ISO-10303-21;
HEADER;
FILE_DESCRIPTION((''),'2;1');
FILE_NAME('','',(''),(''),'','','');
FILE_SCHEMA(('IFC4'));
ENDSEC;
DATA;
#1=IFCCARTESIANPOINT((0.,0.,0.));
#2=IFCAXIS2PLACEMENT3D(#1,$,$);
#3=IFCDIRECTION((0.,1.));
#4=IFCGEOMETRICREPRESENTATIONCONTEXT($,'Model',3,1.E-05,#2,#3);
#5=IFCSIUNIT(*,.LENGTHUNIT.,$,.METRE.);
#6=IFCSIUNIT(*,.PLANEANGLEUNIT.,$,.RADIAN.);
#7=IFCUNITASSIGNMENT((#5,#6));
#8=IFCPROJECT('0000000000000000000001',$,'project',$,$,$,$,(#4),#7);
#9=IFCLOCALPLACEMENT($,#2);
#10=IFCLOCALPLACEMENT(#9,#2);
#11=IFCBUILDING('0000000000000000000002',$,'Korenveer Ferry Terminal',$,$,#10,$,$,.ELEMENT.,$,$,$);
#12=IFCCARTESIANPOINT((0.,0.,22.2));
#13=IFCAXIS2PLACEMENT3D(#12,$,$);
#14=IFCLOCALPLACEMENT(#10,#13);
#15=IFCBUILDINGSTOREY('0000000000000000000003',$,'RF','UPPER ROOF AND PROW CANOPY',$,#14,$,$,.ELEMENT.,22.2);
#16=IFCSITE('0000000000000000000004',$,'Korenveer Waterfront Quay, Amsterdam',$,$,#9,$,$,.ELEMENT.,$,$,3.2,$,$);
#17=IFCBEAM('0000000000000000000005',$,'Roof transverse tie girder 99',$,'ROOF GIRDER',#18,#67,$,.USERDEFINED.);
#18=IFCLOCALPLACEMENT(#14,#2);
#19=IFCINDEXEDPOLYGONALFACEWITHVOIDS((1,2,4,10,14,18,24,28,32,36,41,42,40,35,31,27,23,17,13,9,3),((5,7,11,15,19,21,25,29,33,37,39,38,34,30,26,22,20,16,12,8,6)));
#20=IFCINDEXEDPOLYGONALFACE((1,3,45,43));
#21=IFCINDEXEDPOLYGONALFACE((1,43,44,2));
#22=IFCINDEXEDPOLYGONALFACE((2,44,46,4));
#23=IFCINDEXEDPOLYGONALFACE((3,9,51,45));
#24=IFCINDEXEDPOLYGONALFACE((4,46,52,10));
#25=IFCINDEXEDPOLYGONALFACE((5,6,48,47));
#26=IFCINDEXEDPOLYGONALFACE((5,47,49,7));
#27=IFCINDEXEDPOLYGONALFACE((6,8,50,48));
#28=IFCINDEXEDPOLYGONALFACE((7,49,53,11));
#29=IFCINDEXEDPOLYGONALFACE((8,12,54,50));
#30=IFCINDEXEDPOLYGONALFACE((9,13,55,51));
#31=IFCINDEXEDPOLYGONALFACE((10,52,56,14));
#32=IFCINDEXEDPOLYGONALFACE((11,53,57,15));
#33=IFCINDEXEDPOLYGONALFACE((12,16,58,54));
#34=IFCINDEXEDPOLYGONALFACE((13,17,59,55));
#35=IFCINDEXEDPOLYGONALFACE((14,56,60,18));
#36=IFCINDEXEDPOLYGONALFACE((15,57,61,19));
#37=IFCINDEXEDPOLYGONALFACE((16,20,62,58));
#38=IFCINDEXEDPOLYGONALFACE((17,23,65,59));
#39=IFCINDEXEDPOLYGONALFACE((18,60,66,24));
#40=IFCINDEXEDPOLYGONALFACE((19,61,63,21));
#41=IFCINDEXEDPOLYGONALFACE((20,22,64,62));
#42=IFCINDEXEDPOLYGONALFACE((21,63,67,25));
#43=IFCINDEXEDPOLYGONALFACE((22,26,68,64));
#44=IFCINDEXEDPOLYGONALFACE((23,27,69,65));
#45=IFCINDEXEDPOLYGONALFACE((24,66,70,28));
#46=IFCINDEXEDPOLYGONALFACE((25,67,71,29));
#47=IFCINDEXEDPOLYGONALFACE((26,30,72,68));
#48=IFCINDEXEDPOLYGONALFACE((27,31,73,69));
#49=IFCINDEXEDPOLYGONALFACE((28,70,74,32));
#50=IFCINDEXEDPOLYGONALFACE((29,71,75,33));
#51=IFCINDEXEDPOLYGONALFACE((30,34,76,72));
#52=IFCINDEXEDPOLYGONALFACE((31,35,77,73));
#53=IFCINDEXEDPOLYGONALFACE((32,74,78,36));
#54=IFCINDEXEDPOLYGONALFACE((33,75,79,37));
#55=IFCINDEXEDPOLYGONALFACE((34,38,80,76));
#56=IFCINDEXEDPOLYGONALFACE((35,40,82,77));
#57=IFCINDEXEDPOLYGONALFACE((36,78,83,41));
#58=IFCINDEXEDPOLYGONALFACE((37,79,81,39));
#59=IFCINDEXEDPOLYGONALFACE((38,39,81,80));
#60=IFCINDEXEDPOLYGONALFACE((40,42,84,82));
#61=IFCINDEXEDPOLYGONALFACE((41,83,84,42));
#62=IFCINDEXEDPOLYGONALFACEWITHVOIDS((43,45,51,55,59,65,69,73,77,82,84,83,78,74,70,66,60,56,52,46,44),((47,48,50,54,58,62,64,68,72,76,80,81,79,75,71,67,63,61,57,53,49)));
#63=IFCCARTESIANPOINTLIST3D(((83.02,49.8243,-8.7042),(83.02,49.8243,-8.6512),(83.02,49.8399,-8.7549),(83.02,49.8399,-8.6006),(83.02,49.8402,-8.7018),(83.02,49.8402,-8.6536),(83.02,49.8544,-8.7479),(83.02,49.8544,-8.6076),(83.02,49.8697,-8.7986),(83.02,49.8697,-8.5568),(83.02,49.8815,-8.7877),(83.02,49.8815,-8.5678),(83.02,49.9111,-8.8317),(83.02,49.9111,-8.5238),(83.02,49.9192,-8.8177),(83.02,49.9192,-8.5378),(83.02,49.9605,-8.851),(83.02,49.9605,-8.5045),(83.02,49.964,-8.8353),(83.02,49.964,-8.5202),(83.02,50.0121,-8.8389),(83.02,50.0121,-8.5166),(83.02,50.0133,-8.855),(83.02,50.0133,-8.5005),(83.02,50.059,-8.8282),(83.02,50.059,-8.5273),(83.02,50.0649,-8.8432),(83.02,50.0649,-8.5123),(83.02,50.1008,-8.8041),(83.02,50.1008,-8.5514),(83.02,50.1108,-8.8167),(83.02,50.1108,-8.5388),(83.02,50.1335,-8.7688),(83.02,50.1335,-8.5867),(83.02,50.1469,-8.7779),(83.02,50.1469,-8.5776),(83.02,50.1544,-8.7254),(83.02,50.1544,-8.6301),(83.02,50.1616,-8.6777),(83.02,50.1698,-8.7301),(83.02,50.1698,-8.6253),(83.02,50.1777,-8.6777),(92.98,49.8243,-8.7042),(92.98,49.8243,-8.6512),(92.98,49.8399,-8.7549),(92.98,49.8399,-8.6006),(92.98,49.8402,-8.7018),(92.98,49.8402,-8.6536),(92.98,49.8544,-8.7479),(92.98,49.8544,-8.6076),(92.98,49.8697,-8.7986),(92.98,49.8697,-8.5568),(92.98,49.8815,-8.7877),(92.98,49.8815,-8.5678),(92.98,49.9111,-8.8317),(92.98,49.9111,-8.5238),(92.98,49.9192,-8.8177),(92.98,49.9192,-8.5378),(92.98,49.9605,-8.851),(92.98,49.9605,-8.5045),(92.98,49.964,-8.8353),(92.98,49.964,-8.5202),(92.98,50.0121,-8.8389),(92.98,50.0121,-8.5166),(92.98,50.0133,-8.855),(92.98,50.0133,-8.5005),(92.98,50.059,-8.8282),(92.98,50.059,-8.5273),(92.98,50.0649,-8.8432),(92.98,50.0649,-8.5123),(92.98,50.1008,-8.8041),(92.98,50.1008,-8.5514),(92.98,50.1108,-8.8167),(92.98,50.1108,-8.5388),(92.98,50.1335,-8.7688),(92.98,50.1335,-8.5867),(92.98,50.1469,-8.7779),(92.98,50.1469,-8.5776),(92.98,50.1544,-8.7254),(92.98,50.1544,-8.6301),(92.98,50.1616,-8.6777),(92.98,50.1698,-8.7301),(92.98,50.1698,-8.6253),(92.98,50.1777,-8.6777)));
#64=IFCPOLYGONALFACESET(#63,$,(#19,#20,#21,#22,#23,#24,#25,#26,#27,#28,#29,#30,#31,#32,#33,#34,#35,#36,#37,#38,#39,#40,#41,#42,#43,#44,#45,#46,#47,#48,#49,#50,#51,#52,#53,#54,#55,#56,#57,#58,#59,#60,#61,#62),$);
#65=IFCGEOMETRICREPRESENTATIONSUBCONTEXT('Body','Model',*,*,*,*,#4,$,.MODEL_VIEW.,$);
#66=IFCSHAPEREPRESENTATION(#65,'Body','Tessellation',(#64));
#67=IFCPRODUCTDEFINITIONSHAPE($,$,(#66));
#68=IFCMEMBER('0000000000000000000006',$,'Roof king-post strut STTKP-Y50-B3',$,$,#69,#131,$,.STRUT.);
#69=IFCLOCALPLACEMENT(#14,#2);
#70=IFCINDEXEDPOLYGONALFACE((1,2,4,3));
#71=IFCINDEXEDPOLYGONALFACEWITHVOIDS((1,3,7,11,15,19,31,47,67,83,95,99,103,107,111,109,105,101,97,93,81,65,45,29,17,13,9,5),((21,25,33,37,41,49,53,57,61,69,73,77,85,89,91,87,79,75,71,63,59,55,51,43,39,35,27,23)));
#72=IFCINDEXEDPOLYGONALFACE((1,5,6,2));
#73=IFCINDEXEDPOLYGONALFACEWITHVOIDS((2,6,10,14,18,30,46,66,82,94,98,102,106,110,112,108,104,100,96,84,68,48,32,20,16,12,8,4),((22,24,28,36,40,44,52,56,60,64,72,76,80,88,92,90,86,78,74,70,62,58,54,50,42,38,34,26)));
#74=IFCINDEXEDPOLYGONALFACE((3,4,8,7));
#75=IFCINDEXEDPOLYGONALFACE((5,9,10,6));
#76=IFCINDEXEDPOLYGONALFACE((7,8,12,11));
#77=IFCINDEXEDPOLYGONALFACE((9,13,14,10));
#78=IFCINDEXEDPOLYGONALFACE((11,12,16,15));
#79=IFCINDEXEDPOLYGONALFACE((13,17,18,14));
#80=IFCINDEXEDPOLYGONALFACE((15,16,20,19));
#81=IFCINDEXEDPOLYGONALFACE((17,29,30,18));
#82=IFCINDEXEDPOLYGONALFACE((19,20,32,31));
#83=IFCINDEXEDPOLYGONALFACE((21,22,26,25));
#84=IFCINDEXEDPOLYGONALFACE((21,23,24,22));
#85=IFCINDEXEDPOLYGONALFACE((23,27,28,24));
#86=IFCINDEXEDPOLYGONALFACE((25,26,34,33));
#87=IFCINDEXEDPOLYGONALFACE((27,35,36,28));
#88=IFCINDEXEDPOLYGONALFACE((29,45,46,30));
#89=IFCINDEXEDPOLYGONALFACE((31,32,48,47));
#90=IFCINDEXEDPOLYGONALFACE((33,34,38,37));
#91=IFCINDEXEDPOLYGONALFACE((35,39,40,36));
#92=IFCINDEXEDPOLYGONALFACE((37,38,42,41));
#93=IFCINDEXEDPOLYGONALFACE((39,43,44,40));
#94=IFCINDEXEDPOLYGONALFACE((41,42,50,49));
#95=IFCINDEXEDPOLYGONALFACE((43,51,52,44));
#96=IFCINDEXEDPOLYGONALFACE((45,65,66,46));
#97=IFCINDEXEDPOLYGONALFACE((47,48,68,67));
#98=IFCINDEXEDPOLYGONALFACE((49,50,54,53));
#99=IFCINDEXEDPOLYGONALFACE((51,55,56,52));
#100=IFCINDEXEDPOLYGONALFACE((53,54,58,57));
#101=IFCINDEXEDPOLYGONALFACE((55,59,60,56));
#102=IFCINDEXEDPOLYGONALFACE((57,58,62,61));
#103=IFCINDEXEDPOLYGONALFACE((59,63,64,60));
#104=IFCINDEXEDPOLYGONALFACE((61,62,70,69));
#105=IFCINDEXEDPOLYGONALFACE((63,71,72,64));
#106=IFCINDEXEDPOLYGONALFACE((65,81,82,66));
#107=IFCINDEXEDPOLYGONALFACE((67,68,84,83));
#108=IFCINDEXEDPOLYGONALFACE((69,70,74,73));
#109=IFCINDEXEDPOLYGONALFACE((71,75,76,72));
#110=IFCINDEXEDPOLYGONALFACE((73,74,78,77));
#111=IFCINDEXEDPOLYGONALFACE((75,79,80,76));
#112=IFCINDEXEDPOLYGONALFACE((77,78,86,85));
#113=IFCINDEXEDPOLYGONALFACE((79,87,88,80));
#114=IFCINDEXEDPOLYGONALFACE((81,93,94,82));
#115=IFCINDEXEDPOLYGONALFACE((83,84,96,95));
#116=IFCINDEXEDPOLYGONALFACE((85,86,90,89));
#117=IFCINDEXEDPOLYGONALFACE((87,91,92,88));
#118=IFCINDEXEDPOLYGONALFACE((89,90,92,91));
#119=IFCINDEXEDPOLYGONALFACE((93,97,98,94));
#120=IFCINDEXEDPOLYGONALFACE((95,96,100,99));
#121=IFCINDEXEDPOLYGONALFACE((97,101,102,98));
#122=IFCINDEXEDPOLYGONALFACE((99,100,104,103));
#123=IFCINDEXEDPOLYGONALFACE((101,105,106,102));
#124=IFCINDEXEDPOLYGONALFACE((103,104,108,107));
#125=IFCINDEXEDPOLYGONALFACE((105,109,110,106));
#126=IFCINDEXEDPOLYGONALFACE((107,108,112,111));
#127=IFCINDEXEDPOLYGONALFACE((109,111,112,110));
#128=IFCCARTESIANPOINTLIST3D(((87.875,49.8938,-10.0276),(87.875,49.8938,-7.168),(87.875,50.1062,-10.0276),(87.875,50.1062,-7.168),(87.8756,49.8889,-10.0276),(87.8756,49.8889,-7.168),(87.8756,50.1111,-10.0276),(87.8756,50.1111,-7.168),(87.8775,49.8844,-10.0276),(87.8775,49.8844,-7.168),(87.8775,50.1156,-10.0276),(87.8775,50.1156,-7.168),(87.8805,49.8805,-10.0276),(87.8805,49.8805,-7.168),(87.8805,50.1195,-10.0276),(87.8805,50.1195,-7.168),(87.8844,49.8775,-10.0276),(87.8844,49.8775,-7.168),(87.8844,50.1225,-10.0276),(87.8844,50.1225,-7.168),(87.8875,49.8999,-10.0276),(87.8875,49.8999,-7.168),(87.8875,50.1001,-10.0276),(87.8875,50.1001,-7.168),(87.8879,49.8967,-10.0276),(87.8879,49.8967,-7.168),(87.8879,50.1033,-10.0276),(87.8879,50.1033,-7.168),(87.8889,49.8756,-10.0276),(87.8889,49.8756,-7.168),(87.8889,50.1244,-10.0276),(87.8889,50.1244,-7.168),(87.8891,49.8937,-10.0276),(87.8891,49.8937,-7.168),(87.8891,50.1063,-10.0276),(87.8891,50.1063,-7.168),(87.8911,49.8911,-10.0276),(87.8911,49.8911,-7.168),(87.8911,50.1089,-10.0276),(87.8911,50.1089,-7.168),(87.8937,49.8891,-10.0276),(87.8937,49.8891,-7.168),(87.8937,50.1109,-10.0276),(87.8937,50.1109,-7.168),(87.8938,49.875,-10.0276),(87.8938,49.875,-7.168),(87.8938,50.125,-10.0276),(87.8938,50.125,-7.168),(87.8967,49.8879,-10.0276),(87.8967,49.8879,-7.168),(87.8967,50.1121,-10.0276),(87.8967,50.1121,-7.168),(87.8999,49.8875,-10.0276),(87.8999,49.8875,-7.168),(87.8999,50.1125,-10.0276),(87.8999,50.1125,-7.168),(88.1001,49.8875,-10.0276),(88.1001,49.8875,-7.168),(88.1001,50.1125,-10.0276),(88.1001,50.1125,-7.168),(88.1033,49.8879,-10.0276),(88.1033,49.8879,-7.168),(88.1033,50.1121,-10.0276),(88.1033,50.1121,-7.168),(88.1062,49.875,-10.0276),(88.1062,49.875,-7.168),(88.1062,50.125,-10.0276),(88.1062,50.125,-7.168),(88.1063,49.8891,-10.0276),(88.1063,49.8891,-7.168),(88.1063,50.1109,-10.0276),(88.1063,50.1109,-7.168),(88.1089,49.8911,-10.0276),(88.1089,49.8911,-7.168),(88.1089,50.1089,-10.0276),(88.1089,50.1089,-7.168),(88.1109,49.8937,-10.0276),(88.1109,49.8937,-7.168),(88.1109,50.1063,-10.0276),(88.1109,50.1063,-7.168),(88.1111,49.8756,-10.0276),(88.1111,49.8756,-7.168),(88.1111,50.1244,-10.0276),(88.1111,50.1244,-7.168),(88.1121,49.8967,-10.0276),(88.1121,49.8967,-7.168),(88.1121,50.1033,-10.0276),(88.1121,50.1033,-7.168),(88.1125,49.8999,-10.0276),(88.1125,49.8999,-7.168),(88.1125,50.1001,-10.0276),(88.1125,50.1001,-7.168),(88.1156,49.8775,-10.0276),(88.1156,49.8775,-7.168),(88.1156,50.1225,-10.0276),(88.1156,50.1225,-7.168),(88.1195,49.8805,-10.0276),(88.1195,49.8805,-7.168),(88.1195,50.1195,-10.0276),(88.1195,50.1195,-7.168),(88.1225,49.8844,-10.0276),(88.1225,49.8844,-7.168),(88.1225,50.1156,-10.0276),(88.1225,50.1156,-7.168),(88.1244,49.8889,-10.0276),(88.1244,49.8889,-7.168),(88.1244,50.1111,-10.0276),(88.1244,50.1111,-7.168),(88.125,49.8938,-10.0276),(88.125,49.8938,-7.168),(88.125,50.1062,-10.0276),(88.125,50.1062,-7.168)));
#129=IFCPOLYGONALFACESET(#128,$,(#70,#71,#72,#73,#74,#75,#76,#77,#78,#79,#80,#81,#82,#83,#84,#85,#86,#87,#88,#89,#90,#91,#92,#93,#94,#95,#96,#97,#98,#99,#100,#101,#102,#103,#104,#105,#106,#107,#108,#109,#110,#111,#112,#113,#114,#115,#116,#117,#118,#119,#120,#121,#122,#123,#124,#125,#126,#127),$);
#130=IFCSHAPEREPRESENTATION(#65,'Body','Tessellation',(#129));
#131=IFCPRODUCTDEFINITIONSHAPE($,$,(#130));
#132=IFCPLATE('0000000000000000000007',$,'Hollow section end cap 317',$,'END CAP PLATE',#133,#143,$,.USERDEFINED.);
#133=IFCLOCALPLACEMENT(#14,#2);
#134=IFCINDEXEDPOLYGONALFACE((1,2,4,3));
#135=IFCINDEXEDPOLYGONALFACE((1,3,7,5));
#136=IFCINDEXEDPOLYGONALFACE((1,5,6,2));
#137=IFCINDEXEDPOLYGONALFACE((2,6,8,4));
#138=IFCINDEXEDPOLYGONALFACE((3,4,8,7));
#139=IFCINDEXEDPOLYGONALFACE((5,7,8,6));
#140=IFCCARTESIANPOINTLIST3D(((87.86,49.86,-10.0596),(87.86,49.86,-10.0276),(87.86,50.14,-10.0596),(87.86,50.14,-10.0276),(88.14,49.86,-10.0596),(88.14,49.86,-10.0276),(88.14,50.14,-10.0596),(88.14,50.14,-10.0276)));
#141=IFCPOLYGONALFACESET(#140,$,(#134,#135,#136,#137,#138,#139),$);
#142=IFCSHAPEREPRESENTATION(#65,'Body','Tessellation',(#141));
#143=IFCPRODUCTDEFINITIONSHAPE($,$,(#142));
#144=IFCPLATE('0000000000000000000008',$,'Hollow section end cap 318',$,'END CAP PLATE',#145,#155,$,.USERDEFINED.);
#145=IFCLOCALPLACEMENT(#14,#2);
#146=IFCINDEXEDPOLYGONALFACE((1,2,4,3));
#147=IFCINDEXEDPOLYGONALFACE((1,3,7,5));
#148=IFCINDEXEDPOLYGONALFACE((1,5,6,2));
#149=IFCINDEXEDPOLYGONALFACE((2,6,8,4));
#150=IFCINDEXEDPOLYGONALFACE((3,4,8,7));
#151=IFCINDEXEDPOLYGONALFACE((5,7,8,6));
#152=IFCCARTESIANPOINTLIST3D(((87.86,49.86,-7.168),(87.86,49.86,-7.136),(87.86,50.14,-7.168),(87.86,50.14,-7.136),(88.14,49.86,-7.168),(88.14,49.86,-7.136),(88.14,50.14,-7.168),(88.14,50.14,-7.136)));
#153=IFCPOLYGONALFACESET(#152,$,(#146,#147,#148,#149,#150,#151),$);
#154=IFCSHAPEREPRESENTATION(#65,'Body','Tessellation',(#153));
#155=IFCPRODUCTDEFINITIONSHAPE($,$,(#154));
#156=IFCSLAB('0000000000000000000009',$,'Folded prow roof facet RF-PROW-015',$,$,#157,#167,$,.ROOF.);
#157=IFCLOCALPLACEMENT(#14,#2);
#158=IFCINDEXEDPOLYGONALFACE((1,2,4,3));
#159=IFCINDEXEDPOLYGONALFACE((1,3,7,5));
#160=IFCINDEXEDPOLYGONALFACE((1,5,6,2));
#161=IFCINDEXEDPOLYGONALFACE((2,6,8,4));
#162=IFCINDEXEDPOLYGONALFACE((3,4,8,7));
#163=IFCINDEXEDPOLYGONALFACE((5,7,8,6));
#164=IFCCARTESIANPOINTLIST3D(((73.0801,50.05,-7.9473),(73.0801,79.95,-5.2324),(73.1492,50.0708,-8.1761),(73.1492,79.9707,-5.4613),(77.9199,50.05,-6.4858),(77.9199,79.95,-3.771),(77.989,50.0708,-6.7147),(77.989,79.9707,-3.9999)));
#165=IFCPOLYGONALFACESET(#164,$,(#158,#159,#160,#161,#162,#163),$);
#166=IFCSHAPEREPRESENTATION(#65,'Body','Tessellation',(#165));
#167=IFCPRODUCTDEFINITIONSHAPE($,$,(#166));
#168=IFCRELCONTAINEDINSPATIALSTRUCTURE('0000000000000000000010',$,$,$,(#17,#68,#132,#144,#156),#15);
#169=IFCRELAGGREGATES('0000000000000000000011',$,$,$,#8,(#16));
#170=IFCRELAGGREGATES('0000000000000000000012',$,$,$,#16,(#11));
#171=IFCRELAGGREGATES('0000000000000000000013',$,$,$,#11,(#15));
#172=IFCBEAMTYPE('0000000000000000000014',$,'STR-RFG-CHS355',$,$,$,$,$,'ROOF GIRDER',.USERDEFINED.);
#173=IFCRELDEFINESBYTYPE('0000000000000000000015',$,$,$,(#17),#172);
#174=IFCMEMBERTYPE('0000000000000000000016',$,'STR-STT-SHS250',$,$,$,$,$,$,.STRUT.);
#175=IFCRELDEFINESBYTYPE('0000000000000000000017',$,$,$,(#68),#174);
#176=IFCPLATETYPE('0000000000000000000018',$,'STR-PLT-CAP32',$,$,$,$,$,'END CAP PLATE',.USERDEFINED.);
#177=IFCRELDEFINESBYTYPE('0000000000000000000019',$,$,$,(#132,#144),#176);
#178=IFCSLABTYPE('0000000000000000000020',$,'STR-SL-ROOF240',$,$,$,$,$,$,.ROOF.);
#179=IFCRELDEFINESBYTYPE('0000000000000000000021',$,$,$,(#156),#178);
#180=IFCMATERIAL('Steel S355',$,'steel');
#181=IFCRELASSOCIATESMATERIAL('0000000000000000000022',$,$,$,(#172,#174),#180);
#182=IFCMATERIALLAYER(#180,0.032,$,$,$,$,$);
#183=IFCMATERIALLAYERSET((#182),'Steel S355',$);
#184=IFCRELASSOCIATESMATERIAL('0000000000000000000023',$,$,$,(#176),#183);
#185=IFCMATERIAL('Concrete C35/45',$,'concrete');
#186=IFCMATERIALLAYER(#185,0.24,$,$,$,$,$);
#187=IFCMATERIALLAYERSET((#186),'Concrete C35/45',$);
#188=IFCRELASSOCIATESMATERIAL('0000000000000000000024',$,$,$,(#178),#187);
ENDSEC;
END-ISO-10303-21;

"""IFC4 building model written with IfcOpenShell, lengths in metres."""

from ifc_helpers import new_model, si_unit, direction, frame, origin, origin_2d, place, context, subcontext, project, spatial, polyline, rectangle, hollow_rectangle, hollow_circle, outline, extrude, material, layer, layer_set, material_profile, profile_set, type_object, element, save


model = new_model("IFC4")

# Units and contexts
model_context = context("Model", 3, precision=1e-05, world=origin(), true_north=direction((0.0, 1.0)))
body_context = subcontext(model_context, "Body", "Model", "MODEL_VIEW")
ifc_project = project(units=[si_unit("LENGTHUNIT", "METRE"), si_unit("PLANEANGLEUNIT", "RADIAN")], contexts=[model_context])

# Site, building, storey
site_placement = place(None, origin())
site = spatial("IfcSite", under=ifc_project, at=site_placement, Name="Korenveer Waterfront Quay, Amsterdam", CompositionType="ELEMENT", RefElevation=3.2)
building_placement = place(site_placement, origin())
building = spatial("IfcBuilding", under=site, at=building_placement, Name="Korenveer Ferry Terminal", CompositionType="ELEMENT")
storey_placement = place(building_placement, frame((0.0, 0.0, 22.2)))
storey = spatial("IfcBuildingStorey", under=building, at=storey_placement, Name="RF", Description="UPPER ROOF AND PROW CANOPY", CompositionType="ELEMENT", Elevation=22.2)

# Shared definitions
ifc_material_1 = material(Name="Steel S355", Category="steel")

# Beam
ifc_material_profile_1 = material_profile(ifc_material_1, hollow_circle(Radius=0.1777, WallThickness=0.0161, at=origin_2d()), Name="CHS 355.6x16")
ifc_profile_set_1 = profile_set([ifc_material_profile_1], Name="Steel S355")
beam_type_1 = type_object("IfcBeamType", Name="STR-RFG-CHS355", ElementType="ROOF GIRDER", PredefinedType="USERDEFINED", material=ifc_profile_set_1)
beam_1_placement = place(storey_placement, frame((83.02, 50.0, -8.6777), z_axis=(1.0, 0.0, 0.0), x_axis=(0.0, 1.0, 0.0)))
element("IfcBeam", 1, at=beam_1_placement, inside=storey, type_object=beam_type_1, Name="Roof transverse tie girder 99", ObjectType="ROOF GIRDER", PredefinedType="USERDEFINED", context=body_context, shape_type="SweptSolid", body=[
    extrude(hollow_circle(Radius=0.1777, WallThickness=0.0161, at=origin_2d()), origin(), (0.0, 0.0, 1.0), 9.96),
])

# Member
ifc_material_profile_2 = material_profile(ifc_material_1, hollow_rectangle(XDim=0.25, YDim=0.25, WallThickness=0.0125, InnerFilletRadius=0.0125, OuterFilletRadius=0.0188, at=origin_2d()), Name="SHS 250x250x12.5")
ifc_profile_set_2 = profile_set([ifc_material_profile_2], Name="Steel S355")
member_type_1 = type_object("IfcMemberType", Name="STR-STT-SHS250", PredefinedType="STRUT", material=ifc_profile_set_2)
member_1_placement = place(storey_placement, frame((88.0, 50.0, -10.0276), z_axis=(0.0, 0.0, 1.0), x_axis=(1.0, 0.0, 0.0)))
element("IfcMember", 2, at=member_1_placement, inside=storey, type_object=member_type_1, Name="Roof king-post strut STTKP-Y50-B3", PredefinedType="STRUT", context=body_context, shape_type="SweptSolid", body=[
    extrude(hollow_rectangle(XDim=0.25, YDim=0.25, WallThickness=0.0125, InnerFilletRadius=0.0125, OuterFilletRadius=0.0188, at=origin_2d()), origin(), (0.0, 0.0, 1.0), 2.8596),
])

# Plates
ifc_layer_1 = layer(ifc_material_1, 0.032)
ifc_layer_set_1 = layer_set([ifc_layer_1], Name="Steel S355")
plate_type = type_object("IfcPlateType", Name="STR-PLT-CAP32", ElementType="END CAP PLATE", PredefinedType="USERDEFINED", material=ifc_layer_set_1)
for number, where, z_axis, x_axis, name in (
    (3, (88.0, 50.0, -10.0596), (0.0, 0.0, 1.0), (1.0, 0.0, 0.0), "Hollow section end cap 317"),
    (4, (88.0, 50.0, -7.168), (0.0, 0.0, 1.0), (1.0, 0.0, 0.0), "Hollow section end cap 318"),
):
    element("IfcPlate", number, at=place(storey_placement, frame(where, z_axis=z_axis, x_axis=x_axis)), inside=storey, type_object=plate_type, Name=name, ObjectType="END CAP PLATE", PredefinedType="USERDEFINED", context=body_context, shape_type="SweptSolid", body=[
        extrude(rectangle(XDim=0.28, YDim=0.28, at=origin_2d()), origin(), (0.0, 0.0, 1.0), 0.032),
    ])

# Slab
ifc_material_2 = material(Name="Concrete C35/45", Category="concrete")
ifc_layer_2 = layer(ifc_material_2, 0.24)
ifc_layer_set_2 = layer_set([ifc_layer_2], Name="Concrete C35/45")
slab_type = type_object("IfcSlabType", Name="STR-SL-ROOF240", PredefinedType="ROOF", material=ifc_layer_set_2)
slab_1_placement = place(storey_placement, frame((73.0801, 50.05, -7.9473), z_axis=(-0.287981, -0.086595, 0.953713), x_axis=(0.957309, 0.0, 0.289066)))
element("IfcSlab", 5, at=slab_1_placement, inside=storey, type_object=slab_type, Name="Folded prow roof facet RF-PROW-015", PredefinedType="ROOF", context=body_context, shape_type="SweptSolid", body=[
    extrude(outline(polyline([(0.0, 0.0), (5.0557, 0.0), (5.8404, 30.0126), (0.7848, 30.0126), (0.0, 0.0)])), origin(), (0.0, 0.0, -1.0), 0.24),
])

save(model, "model.ifc")
